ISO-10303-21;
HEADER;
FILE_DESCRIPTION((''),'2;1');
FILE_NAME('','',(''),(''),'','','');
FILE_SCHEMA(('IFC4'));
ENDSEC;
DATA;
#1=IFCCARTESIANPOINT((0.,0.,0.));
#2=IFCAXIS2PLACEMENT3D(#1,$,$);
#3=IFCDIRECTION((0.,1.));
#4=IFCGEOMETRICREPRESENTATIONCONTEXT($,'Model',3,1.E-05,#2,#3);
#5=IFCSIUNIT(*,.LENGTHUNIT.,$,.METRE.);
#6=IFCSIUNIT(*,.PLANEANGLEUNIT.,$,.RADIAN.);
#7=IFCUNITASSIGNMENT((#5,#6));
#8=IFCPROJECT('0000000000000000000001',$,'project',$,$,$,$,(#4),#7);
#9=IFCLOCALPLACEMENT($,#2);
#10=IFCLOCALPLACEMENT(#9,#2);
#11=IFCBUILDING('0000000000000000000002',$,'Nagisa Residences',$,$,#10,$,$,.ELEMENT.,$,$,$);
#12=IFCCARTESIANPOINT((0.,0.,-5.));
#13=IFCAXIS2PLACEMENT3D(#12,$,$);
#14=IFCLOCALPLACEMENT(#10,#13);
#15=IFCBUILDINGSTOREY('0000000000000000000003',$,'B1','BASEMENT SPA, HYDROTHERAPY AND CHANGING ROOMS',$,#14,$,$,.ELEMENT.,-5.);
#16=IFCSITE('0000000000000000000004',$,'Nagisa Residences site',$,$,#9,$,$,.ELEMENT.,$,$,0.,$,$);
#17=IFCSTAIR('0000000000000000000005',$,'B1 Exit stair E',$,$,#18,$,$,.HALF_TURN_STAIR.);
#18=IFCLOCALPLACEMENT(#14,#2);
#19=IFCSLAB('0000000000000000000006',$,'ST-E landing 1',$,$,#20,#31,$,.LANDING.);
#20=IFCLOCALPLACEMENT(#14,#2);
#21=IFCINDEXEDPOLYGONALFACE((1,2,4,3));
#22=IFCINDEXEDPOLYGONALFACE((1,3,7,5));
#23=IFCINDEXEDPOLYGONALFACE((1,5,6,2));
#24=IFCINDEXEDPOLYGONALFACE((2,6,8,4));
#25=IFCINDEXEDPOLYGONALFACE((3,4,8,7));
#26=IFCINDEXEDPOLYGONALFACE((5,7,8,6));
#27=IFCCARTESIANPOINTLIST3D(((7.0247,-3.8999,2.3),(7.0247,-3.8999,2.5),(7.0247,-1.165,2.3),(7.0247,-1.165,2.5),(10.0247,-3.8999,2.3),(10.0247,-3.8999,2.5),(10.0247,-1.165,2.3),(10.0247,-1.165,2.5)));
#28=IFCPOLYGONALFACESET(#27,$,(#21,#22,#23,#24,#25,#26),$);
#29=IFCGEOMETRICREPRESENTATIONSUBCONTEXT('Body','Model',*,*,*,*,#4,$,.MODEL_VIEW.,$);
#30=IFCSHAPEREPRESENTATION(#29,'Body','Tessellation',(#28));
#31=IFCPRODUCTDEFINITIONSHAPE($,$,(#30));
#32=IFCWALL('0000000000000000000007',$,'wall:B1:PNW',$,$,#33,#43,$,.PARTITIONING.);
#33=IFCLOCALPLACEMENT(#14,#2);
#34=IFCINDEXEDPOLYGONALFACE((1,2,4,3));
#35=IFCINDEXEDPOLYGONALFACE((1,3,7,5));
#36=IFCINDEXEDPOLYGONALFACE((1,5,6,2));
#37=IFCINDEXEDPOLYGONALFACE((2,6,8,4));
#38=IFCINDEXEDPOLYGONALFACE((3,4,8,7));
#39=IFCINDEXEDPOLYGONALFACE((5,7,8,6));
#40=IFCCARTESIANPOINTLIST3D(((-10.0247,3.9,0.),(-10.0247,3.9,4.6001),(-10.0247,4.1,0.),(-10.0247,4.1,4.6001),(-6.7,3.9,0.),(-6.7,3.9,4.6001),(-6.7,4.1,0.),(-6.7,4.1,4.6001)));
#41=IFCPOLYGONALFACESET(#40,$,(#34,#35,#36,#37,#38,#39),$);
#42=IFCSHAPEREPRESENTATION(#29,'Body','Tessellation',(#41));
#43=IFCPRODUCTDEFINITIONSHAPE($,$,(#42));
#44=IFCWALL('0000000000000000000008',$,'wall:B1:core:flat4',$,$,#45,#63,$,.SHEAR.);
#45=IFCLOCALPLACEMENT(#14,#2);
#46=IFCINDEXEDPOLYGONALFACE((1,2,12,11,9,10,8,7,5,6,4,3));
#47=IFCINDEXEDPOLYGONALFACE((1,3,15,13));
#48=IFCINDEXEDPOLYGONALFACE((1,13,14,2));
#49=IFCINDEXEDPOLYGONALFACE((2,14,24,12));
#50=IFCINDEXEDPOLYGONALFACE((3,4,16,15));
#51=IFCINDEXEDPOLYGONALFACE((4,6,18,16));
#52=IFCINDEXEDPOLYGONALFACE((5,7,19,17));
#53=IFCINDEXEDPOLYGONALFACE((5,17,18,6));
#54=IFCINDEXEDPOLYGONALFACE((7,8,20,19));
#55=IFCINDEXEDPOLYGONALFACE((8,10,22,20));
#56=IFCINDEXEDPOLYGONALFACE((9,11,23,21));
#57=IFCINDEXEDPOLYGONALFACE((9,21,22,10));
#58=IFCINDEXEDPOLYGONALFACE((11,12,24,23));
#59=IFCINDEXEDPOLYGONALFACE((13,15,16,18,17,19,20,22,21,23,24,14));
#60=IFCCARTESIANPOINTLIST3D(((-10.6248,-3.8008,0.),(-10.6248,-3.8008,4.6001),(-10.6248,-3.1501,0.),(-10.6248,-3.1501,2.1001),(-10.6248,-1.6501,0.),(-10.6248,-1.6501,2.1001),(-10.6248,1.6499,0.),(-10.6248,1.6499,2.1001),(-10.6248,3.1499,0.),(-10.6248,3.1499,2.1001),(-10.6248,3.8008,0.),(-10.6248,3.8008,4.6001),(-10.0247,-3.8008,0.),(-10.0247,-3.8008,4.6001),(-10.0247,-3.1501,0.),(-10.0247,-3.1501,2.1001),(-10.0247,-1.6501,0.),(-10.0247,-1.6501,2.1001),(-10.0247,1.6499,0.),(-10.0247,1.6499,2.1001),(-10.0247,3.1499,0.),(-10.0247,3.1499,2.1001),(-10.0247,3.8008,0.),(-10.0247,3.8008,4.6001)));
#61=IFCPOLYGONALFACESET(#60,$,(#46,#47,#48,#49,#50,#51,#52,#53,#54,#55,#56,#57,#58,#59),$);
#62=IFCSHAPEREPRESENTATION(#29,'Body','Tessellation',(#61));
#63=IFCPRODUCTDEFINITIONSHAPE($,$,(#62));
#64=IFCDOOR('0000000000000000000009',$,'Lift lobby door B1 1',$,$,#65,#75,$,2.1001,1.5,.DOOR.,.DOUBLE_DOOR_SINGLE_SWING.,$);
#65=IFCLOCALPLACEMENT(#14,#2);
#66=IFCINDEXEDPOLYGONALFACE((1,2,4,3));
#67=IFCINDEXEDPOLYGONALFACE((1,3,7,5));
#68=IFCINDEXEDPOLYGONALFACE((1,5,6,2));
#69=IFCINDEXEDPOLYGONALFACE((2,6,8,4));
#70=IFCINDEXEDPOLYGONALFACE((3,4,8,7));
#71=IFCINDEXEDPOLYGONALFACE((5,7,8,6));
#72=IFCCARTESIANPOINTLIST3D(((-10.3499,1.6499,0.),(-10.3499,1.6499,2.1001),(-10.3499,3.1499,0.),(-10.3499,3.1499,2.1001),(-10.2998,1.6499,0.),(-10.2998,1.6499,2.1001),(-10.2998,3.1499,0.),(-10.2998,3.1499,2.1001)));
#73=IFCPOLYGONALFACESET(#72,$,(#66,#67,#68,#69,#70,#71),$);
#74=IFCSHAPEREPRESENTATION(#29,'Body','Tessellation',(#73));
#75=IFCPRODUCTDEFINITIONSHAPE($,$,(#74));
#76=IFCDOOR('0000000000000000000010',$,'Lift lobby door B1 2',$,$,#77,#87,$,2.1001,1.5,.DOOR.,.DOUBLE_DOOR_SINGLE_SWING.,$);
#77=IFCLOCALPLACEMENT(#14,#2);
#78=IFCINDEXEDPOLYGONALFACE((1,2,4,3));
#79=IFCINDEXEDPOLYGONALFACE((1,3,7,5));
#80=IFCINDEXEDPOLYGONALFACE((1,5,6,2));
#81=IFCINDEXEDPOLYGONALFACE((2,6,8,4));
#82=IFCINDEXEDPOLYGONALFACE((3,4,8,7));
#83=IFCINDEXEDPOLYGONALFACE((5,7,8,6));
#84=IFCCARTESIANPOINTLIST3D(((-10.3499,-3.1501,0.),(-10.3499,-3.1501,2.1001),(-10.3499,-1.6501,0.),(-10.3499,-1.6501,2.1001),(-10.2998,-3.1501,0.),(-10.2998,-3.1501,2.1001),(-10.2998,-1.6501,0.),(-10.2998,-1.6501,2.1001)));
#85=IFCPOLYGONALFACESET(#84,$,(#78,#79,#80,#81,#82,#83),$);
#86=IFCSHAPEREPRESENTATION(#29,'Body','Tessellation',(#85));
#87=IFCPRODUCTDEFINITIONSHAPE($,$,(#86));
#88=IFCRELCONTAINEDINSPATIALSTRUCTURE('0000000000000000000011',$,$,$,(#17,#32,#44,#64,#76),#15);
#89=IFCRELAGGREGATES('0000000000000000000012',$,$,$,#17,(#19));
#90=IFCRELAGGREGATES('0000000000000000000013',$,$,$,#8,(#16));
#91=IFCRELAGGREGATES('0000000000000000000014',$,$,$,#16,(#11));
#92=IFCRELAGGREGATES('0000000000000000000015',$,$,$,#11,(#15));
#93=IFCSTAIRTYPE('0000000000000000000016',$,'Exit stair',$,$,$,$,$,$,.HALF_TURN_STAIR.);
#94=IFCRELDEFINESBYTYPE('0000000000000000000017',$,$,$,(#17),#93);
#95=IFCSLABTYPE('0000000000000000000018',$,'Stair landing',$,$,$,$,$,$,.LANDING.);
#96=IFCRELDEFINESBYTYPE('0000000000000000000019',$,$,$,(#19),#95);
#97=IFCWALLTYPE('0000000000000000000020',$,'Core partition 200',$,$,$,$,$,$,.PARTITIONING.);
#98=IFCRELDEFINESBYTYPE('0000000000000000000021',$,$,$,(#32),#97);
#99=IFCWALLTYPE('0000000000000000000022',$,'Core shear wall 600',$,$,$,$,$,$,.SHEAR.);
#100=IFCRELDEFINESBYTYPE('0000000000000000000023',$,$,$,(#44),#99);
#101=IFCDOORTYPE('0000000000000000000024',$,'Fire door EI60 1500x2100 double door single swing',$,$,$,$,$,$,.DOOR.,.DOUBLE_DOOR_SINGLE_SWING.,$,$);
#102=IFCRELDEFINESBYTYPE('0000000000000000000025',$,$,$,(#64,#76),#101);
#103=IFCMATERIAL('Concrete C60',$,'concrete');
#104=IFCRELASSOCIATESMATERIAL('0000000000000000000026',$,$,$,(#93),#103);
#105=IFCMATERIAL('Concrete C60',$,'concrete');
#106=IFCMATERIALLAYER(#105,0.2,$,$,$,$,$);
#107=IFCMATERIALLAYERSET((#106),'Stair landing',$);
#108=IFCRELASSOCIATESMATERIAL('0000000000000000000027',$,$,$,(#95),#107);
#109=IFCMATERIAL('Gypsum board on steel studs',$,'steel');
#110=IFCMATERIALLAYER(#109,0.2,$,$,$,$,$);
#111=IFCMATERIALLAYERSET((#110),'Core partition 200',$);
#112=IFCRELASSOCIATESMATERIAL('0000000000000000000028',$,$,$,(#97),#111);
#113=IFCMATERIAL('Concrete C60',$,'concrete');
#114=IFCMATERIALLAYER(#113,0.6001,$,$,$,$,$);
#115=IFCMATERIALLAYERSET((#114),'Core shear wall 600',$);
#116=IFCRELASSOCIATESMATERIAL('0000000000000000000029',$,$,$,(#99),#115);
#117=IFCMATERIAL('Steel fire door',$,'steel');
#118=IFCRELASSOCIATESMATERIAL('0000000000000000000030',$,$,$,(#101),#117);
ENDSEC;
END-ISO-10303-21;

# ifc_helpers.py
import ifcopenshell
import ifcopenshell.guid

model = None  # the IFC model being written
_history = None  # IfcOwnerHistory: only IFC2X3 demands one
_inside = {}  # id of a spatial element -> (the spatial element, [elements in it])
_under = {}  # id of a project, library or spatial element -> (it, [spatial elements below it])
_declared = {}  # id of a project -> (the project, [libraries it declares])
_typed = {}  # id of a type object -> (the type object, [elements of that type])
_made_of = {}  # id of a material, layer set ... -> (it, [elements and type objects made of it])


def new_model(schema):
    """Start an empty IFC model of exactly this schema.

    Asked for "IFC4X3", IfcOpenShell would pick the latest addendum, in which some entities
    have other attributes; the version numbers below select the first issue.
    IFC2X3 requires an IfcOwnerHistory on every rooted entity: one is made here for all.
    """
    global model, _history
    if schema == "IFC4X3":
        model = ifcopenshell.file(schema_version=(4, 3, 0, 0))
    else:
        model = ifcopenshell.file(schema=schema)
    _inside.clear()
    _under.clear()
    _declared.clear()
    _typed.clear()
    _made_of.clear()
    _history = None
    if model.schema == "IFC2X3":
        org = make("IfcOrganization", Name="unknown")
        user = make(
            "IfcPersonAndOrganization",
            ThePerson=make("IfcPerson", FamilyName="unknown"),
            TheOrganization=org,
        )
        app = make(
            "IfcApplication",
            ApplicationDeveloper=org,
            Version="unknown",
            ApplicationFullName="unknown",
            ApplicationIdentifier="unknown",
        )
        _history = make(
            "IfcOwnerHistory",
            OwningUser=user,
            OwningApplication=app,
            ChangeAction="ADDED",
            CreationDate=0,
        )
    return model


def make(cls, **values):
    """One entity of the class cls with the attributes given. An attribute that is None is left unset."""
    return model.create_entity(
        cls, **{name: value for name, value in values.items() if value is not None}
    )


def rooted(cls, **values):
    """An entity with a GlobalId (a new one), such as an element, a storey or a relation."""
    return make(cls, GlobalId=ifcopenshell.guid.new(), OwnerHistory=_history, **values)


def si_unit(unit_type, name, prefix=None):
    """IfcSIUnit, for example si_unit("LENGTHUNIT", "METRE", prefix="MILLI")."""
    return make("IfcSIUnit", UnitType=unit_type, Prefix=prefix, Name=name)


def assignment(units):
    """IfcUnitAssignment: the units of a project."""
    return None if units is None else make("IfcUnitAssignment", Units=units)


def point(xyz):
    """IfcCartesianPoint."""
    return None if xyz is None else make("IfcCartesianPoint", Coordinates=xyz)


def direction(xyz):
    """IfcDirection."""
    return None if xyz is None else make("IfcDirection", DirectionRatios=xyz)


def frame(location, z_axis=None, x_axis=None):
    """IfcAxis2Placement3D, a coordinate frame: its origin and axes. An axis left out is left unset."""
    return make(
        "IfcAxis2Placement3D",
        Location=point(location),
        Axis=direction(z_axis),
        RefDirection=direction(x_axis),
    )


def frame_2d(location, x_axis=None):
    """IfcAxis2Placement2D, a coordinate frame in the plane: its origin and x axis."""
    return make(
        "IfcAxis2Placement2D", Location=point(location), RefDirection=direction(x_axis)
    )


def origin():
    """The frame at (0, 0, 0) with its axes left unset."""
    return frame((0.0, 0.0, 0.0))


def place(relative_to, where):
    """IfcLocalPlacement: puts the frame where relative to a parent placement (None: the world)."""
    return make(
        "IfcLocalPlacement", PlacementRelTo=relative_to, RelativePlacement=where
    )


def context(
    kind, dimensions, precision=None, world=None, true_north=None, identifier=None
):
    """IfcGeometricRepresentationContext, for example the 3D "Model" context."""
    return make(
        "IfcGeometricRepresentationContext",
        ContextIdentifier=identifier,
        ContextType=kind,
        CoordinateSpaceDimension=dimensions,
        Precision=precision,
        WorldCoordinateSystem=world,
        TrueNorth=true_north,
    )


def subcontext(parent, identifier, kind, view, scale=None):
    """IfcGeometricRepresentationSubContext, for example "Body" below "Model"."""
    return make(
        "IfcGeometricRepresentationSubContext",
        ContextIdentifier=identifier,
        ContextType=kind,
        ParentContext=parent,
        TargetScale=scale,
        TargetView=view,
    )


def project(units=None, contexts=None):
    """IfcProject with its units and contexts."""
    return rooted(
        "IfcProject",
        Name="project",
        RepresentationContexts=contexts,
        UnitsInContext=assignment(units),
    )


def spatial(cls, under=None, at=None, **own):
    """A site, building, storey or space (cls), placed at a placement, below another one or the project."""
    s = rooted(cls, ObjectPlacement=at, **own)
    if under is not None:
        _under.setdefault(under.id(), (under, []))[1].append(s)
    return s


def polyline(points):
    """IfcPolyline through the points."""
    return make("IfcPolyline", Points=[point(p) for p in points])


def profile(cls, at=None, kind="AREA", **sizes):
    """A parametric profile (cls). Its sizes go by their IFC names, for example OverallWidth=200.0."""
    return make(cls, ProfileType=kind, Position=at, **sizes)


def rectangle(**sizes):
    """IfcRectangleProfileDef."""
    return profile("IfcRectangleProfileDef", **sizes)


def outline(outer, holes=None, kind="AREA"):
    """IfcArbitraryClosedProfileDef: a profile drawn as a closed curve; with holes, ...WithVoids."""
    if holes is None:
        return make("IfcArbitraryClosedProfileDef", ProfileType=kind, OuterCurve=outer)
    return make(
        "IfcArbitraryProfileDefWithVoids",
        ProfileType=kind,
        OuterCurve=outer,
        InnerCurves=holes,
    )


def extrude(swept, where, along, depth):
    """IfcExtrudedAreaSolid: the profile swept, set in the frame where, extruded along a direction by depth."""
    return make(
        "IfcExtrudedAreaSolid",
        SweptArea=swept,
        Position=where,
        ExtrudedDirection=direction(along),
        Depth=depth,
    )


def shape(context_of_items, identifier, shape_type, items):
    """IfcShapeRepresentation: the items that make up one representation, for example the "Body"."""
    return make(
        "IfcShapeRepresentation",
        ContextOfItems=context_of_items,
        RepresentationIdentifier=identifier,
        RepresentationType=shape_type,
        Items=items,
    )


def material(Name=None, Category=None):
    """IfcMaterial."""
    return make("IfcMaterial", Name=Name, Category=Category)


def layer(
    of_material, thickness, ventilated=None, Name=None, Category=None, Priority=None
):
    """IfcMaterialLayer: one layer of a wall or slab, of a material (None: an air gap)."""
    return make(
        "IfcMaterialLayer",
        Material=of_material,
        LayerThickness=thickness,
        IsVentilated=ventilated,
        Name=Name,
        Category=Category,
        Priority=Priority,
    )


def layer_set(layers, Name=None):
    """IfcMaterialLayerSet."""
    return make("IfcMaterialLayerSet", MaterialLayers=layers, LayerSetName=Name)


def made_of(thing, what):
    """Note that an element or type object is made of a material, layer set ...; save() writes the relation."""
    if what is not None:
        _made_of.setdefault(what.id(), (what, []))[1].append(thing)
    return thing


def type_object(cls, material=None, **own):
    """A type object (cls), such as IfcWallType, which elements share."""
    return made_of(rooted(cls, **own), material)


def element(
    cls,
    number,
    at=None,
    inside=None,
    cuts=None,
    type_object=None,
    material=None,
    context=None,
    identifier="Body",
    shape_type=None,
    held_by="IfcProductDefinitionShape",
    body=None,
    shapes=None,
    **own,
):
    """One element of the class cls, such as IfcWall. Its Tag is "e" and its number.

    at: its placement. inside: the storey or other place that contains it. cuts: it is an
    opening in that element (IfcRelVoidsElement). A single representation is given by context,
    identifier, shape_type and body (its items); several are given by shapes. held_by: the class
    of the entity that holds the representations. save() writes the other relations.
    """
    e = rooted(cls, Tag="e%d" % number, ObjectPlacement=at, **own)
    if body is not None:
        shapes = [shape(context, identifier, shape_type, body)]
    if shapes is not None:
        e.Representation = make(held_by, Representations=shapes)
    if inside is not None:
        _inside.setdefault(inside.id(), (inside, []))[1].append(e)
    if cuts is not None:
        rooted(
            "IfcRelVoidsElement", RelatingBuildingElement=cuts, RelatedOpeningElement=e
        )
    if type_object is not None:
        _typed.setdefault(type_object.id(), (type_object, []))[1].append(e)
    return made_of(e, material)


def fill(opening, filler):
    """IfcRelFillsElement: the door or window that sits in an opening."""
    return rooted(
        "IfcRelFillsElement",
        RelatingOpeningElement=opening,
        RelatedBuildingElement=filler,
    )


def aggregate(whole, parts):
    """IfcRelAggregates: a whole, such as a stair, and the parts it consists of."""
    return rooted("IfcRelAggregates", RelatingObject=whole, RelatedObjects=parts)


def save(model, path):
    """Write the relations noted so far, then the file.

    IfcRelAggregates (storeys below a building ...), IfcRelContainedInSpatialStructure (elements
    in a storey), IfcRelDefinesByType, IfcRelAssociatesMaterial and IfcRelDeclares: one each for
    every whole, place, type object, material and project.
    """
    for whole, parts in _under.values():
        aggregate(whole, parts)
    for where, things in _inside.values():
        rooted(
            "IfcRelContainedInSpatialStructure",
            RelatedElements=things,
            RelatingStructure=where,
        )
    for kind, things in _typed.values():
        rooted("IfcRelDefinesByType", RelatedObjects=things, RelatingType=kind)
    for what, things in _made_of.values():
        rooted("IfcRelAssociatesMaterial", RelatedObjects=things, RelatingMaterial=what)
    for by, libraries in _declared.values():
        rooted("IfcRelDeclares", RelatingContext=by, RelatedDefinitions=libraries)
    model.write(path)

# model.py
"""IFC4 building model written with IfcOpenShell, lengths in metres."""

from ifc_helpers import new_model, si_unit, direction, frame, frame_2d, origin, place, context, subcontext, project, spatial, polyline, rectangle, outline, extrude, material, layer, layer_set, type_object, element, fill, aggregate, save


model = new_model("IFC4")

# Units and contexts
model_context = context("Model", 3, precision=1e-05, world=origin(), true_north=direction((0.0, 1.0)))
body_context = subcontext(model_context, "Body", "Model", "MODEL_VIEW")
ifc_project = project(units=[si_unit("LENGTHUNIT", "METRE"), si_unit("PLANEANGLEUNIT", "RADIAN")], contexts=[model_context])

# Site, building, storey
site_placement = place(None, origin())
site = spatial("IfcSite", under=ifc_project, at=site_placement, Name="Nagisa Residences site", CompositionType="ELEMENT", RefElevation=0.0)
building_placement = place(site_placement, origin())
building = spatial("IfcBuilding", under=site, at=building_placement, Name="Nagisa Residences", CompositionType="ELEMENT")
storey_placement = place(building_placement, frame((0.0, 0.0, -5.0)))
storey = spatial("IfcBuildingStorey", under=building, at=storey_placement, Name="B1", Description="BASEMENT SPA, HYDROTHERAPY AND CHANGING ROOMS", CompositionType="ELEMENT", Elevation=-5.0)

# Stair, slab
ifc_material_1 = material(Name="Concrete C60", Category="concrete")
stair_type = type_object("IfcStairType", Name="Exit stair", PredefinedType="HALF_TURN_STAIR", material=ifc_material_1)
stair_placement = place(storey_placement, origin())
stair = element("IfcStair", 1, at=stair_placement, inside=storey, type_object=stair_type, Name="B1 Exit stair E", PredefinedType="HALF_TURN_STAIR")
ifc_material_2 = material(Name="Concrete C60", Category="concrete")
ifc_layer_1 = layer(ifc_material_2, 0.2)
ifc_layer_set_1 = layer_set([ifc_layer_1], Name="Stair landing")
slab_type = type_object("IfcSlabType", Name="Stair landing", PredefinedType="LANDING", material=ifc_layer_set_1)
slab_placement = place(storey_placement, frame((0.0, 0.0, 2.3)))
slab = element("IfcSlab", 2, at=slab_placement, type_object=slab_type, Name="ST-E landing 1", PredefinedType="LANDING", context=body_context, shape_type="SweptSolid", body=[
    extrude(outline(polyline([(7.0247, -1.165), (7.0247, -3.8999), (10.0247, -3.8999), (10.0247, -1.165), (7.0247, -1.165)])), origin(), (0.0, 0.0, 1.0), 0.2),
])
aggregate(stair, [slab])

# Wall
ifc_material_3 = material(Name="Gypsum board on steel studs", Category="steel")
ifc_layer_2 = layer(ifc_material_3, 0.2)
ifc_layer_set_2 = layer_set([ifc_layer_2], Name="Core partition 200")
wall_type_1 = type_object("IfcWallType", Name="Core partition 200", PredefinedType="PARTITIONING", material=ifc_layer_set_2)
wall_1_placement = place(storey_placement, frame((-10.0247, 4.0, 0.0), z_axis=(0.0, 0.0, 1.0), x_axis=(1.0, 0.0, 0.0)))
element("IfcWall", 3, at=wall_1_placement, inside=storey, type_object=wall_type_1, Name="wall:B1:PNW", PredefinedType="PARTITIONING", context=body_context, shape_type="SweptSolid", body=[
    extrude(rectangle(XDim=3.3247, YDim=0.2, at=frame_2d((1.6624, 0.0))), origin(), (0.0, 0.0, 1.0), 4.6001),
])

# Wall, openings, doors
ifc_material_4 = material(Name="Concrete C60", Category="concrete")
ifc_layer_3 = layer(ifc_material_4, 0.6001)
ifc_layer_set_3 = layer_set([ifc_layer_3], Name="Core shear wall 600")
wall_type_2 = type_object("IfcWallType", Name="Core shear wall 600", PredefinedType="SHEAR", material=ifc_layer_set_3)
wall_2_placement = place(storey_placement, frame((-10.3247, 3.8008, 0.0), z_axis=(0.0, 0.0, 1.0), x_axis=(0.0, -1.0, 0.0)))
wall_2 = element("IfcWall", 4, at=wall_2_placement, inside=storey, type_object=wall_type_2, Name="wall:B1:core:flat4", PredefinedType="SHEAR", context=body_context, shape_type="SweptSolid", body=[
    extrude(rectangle(XDim=7.6016, YDim=0.6001, at=frame_2d((3.8008, 0.0))), origin(), (0.0, 0.0, 1.0), 4.6001),
])
opening_1_placement = place(wall_2_placement, frame((0.6509, 0.0, 0.0)))
opening_1 = element("IfcOpeningElement", 5, at=opening_1_placement, cuts=wall_2, PredefinedType="OPENING", context=body_context, shape_type="SweptSolid", body=[
    extrude(rectangle(XDim=1.5, YDim=2.1001, at=frame_2d((0.75, 1.05))), frame((0.0, 0.3101, 0.0), z_axis=(0.0, -1.0, 0.0), x_axis=(1.0, 0.0, 0.0)), (0.0, 0.0, 1.0), 0.6201),
])
opening_2_placement = place(wall_2_placement, frame((5.4509, 0.0, 0.0)))
opening_2 = element("IfcOpeningElement", 6, at=opening_2_placement, cuts=wall_2, PredefinedType="OPENING", context=body_context, shape_type="SweptSolid", body=[
    extrude(rectangle(XDim=1.5, YDim=2.1001, at=frame_2d((0.75, 1.05))), frame((0.0, 0.3101, 0.0), z_axis=(0.0, -1.0, 0.0), x_axis=(1.0, 0.0, 0.0)), (0.0, 0.0, 1.0), 0.6201),
])
ifc_material_5 = material(Name="Steel fire door", Category="steel")
door_type_1 = type_object("IfcDoorType", Name="Fire door EI60 1500x2100 double door single swing", OperationType="DOUBLE_DOOR_SINGLE_SWING", PredefinedType="DOOR", material=ifc_material_5)
door_1_placement = place(opening_1_placement, origin())
door_1 = element("IfcDoor", 7, at=door_1_placement, inside=storey, type_object=door_type_1, Name="Lift lobby door B1 1", OperationType="DOUBLE_DOOR_SINGLE_SWING", OverallHeight=2.1001, OverallWidth=1.5, PredefinedType="DOOR", context=body_context, shape_type="SweptSolid", body=[
    extrude(rectangle(XDim=1.5, YDim=2.1001, at=frame_2d((0.75, 1.05))), frame((0.0, 0.0249, 0.0), z_axis=(0.0, -1.0, 0.0), x_axis=(1.0, 0.0, 0.0)), (0.0, 0.0, 1.0), 0.05),
])
fill(opening_1, door_1)
door_2_placement = place(opening_2_placement, origin())
door_2 = element("IfcDoor", 8, at=door_2_placement, inside=storey, type_object=door_type_1, Name="Lift lobby door B1 2", OperationType="DOUBLE_DOOR_SINGLE_SWING", OverallHeight=2.1001, OverallWidth=1.5, PredefinedType="DOOR", context=body_context, shape_type="SweptSolid", body=[
    extrude(rectangle(XDim=1.5, YDim=2.1001, at=frame_2d((0.75, 1.05))), frame((0.0, 0.0249, 0.0), z_axis=(0.0, -1.0, 0.0), x_axis=(1.0, 0.0, 0.0)), (0.0, 0.0, 1.0), 0.05),
])
fill(opening_2, door_2)

save(model, "model.ifc")
